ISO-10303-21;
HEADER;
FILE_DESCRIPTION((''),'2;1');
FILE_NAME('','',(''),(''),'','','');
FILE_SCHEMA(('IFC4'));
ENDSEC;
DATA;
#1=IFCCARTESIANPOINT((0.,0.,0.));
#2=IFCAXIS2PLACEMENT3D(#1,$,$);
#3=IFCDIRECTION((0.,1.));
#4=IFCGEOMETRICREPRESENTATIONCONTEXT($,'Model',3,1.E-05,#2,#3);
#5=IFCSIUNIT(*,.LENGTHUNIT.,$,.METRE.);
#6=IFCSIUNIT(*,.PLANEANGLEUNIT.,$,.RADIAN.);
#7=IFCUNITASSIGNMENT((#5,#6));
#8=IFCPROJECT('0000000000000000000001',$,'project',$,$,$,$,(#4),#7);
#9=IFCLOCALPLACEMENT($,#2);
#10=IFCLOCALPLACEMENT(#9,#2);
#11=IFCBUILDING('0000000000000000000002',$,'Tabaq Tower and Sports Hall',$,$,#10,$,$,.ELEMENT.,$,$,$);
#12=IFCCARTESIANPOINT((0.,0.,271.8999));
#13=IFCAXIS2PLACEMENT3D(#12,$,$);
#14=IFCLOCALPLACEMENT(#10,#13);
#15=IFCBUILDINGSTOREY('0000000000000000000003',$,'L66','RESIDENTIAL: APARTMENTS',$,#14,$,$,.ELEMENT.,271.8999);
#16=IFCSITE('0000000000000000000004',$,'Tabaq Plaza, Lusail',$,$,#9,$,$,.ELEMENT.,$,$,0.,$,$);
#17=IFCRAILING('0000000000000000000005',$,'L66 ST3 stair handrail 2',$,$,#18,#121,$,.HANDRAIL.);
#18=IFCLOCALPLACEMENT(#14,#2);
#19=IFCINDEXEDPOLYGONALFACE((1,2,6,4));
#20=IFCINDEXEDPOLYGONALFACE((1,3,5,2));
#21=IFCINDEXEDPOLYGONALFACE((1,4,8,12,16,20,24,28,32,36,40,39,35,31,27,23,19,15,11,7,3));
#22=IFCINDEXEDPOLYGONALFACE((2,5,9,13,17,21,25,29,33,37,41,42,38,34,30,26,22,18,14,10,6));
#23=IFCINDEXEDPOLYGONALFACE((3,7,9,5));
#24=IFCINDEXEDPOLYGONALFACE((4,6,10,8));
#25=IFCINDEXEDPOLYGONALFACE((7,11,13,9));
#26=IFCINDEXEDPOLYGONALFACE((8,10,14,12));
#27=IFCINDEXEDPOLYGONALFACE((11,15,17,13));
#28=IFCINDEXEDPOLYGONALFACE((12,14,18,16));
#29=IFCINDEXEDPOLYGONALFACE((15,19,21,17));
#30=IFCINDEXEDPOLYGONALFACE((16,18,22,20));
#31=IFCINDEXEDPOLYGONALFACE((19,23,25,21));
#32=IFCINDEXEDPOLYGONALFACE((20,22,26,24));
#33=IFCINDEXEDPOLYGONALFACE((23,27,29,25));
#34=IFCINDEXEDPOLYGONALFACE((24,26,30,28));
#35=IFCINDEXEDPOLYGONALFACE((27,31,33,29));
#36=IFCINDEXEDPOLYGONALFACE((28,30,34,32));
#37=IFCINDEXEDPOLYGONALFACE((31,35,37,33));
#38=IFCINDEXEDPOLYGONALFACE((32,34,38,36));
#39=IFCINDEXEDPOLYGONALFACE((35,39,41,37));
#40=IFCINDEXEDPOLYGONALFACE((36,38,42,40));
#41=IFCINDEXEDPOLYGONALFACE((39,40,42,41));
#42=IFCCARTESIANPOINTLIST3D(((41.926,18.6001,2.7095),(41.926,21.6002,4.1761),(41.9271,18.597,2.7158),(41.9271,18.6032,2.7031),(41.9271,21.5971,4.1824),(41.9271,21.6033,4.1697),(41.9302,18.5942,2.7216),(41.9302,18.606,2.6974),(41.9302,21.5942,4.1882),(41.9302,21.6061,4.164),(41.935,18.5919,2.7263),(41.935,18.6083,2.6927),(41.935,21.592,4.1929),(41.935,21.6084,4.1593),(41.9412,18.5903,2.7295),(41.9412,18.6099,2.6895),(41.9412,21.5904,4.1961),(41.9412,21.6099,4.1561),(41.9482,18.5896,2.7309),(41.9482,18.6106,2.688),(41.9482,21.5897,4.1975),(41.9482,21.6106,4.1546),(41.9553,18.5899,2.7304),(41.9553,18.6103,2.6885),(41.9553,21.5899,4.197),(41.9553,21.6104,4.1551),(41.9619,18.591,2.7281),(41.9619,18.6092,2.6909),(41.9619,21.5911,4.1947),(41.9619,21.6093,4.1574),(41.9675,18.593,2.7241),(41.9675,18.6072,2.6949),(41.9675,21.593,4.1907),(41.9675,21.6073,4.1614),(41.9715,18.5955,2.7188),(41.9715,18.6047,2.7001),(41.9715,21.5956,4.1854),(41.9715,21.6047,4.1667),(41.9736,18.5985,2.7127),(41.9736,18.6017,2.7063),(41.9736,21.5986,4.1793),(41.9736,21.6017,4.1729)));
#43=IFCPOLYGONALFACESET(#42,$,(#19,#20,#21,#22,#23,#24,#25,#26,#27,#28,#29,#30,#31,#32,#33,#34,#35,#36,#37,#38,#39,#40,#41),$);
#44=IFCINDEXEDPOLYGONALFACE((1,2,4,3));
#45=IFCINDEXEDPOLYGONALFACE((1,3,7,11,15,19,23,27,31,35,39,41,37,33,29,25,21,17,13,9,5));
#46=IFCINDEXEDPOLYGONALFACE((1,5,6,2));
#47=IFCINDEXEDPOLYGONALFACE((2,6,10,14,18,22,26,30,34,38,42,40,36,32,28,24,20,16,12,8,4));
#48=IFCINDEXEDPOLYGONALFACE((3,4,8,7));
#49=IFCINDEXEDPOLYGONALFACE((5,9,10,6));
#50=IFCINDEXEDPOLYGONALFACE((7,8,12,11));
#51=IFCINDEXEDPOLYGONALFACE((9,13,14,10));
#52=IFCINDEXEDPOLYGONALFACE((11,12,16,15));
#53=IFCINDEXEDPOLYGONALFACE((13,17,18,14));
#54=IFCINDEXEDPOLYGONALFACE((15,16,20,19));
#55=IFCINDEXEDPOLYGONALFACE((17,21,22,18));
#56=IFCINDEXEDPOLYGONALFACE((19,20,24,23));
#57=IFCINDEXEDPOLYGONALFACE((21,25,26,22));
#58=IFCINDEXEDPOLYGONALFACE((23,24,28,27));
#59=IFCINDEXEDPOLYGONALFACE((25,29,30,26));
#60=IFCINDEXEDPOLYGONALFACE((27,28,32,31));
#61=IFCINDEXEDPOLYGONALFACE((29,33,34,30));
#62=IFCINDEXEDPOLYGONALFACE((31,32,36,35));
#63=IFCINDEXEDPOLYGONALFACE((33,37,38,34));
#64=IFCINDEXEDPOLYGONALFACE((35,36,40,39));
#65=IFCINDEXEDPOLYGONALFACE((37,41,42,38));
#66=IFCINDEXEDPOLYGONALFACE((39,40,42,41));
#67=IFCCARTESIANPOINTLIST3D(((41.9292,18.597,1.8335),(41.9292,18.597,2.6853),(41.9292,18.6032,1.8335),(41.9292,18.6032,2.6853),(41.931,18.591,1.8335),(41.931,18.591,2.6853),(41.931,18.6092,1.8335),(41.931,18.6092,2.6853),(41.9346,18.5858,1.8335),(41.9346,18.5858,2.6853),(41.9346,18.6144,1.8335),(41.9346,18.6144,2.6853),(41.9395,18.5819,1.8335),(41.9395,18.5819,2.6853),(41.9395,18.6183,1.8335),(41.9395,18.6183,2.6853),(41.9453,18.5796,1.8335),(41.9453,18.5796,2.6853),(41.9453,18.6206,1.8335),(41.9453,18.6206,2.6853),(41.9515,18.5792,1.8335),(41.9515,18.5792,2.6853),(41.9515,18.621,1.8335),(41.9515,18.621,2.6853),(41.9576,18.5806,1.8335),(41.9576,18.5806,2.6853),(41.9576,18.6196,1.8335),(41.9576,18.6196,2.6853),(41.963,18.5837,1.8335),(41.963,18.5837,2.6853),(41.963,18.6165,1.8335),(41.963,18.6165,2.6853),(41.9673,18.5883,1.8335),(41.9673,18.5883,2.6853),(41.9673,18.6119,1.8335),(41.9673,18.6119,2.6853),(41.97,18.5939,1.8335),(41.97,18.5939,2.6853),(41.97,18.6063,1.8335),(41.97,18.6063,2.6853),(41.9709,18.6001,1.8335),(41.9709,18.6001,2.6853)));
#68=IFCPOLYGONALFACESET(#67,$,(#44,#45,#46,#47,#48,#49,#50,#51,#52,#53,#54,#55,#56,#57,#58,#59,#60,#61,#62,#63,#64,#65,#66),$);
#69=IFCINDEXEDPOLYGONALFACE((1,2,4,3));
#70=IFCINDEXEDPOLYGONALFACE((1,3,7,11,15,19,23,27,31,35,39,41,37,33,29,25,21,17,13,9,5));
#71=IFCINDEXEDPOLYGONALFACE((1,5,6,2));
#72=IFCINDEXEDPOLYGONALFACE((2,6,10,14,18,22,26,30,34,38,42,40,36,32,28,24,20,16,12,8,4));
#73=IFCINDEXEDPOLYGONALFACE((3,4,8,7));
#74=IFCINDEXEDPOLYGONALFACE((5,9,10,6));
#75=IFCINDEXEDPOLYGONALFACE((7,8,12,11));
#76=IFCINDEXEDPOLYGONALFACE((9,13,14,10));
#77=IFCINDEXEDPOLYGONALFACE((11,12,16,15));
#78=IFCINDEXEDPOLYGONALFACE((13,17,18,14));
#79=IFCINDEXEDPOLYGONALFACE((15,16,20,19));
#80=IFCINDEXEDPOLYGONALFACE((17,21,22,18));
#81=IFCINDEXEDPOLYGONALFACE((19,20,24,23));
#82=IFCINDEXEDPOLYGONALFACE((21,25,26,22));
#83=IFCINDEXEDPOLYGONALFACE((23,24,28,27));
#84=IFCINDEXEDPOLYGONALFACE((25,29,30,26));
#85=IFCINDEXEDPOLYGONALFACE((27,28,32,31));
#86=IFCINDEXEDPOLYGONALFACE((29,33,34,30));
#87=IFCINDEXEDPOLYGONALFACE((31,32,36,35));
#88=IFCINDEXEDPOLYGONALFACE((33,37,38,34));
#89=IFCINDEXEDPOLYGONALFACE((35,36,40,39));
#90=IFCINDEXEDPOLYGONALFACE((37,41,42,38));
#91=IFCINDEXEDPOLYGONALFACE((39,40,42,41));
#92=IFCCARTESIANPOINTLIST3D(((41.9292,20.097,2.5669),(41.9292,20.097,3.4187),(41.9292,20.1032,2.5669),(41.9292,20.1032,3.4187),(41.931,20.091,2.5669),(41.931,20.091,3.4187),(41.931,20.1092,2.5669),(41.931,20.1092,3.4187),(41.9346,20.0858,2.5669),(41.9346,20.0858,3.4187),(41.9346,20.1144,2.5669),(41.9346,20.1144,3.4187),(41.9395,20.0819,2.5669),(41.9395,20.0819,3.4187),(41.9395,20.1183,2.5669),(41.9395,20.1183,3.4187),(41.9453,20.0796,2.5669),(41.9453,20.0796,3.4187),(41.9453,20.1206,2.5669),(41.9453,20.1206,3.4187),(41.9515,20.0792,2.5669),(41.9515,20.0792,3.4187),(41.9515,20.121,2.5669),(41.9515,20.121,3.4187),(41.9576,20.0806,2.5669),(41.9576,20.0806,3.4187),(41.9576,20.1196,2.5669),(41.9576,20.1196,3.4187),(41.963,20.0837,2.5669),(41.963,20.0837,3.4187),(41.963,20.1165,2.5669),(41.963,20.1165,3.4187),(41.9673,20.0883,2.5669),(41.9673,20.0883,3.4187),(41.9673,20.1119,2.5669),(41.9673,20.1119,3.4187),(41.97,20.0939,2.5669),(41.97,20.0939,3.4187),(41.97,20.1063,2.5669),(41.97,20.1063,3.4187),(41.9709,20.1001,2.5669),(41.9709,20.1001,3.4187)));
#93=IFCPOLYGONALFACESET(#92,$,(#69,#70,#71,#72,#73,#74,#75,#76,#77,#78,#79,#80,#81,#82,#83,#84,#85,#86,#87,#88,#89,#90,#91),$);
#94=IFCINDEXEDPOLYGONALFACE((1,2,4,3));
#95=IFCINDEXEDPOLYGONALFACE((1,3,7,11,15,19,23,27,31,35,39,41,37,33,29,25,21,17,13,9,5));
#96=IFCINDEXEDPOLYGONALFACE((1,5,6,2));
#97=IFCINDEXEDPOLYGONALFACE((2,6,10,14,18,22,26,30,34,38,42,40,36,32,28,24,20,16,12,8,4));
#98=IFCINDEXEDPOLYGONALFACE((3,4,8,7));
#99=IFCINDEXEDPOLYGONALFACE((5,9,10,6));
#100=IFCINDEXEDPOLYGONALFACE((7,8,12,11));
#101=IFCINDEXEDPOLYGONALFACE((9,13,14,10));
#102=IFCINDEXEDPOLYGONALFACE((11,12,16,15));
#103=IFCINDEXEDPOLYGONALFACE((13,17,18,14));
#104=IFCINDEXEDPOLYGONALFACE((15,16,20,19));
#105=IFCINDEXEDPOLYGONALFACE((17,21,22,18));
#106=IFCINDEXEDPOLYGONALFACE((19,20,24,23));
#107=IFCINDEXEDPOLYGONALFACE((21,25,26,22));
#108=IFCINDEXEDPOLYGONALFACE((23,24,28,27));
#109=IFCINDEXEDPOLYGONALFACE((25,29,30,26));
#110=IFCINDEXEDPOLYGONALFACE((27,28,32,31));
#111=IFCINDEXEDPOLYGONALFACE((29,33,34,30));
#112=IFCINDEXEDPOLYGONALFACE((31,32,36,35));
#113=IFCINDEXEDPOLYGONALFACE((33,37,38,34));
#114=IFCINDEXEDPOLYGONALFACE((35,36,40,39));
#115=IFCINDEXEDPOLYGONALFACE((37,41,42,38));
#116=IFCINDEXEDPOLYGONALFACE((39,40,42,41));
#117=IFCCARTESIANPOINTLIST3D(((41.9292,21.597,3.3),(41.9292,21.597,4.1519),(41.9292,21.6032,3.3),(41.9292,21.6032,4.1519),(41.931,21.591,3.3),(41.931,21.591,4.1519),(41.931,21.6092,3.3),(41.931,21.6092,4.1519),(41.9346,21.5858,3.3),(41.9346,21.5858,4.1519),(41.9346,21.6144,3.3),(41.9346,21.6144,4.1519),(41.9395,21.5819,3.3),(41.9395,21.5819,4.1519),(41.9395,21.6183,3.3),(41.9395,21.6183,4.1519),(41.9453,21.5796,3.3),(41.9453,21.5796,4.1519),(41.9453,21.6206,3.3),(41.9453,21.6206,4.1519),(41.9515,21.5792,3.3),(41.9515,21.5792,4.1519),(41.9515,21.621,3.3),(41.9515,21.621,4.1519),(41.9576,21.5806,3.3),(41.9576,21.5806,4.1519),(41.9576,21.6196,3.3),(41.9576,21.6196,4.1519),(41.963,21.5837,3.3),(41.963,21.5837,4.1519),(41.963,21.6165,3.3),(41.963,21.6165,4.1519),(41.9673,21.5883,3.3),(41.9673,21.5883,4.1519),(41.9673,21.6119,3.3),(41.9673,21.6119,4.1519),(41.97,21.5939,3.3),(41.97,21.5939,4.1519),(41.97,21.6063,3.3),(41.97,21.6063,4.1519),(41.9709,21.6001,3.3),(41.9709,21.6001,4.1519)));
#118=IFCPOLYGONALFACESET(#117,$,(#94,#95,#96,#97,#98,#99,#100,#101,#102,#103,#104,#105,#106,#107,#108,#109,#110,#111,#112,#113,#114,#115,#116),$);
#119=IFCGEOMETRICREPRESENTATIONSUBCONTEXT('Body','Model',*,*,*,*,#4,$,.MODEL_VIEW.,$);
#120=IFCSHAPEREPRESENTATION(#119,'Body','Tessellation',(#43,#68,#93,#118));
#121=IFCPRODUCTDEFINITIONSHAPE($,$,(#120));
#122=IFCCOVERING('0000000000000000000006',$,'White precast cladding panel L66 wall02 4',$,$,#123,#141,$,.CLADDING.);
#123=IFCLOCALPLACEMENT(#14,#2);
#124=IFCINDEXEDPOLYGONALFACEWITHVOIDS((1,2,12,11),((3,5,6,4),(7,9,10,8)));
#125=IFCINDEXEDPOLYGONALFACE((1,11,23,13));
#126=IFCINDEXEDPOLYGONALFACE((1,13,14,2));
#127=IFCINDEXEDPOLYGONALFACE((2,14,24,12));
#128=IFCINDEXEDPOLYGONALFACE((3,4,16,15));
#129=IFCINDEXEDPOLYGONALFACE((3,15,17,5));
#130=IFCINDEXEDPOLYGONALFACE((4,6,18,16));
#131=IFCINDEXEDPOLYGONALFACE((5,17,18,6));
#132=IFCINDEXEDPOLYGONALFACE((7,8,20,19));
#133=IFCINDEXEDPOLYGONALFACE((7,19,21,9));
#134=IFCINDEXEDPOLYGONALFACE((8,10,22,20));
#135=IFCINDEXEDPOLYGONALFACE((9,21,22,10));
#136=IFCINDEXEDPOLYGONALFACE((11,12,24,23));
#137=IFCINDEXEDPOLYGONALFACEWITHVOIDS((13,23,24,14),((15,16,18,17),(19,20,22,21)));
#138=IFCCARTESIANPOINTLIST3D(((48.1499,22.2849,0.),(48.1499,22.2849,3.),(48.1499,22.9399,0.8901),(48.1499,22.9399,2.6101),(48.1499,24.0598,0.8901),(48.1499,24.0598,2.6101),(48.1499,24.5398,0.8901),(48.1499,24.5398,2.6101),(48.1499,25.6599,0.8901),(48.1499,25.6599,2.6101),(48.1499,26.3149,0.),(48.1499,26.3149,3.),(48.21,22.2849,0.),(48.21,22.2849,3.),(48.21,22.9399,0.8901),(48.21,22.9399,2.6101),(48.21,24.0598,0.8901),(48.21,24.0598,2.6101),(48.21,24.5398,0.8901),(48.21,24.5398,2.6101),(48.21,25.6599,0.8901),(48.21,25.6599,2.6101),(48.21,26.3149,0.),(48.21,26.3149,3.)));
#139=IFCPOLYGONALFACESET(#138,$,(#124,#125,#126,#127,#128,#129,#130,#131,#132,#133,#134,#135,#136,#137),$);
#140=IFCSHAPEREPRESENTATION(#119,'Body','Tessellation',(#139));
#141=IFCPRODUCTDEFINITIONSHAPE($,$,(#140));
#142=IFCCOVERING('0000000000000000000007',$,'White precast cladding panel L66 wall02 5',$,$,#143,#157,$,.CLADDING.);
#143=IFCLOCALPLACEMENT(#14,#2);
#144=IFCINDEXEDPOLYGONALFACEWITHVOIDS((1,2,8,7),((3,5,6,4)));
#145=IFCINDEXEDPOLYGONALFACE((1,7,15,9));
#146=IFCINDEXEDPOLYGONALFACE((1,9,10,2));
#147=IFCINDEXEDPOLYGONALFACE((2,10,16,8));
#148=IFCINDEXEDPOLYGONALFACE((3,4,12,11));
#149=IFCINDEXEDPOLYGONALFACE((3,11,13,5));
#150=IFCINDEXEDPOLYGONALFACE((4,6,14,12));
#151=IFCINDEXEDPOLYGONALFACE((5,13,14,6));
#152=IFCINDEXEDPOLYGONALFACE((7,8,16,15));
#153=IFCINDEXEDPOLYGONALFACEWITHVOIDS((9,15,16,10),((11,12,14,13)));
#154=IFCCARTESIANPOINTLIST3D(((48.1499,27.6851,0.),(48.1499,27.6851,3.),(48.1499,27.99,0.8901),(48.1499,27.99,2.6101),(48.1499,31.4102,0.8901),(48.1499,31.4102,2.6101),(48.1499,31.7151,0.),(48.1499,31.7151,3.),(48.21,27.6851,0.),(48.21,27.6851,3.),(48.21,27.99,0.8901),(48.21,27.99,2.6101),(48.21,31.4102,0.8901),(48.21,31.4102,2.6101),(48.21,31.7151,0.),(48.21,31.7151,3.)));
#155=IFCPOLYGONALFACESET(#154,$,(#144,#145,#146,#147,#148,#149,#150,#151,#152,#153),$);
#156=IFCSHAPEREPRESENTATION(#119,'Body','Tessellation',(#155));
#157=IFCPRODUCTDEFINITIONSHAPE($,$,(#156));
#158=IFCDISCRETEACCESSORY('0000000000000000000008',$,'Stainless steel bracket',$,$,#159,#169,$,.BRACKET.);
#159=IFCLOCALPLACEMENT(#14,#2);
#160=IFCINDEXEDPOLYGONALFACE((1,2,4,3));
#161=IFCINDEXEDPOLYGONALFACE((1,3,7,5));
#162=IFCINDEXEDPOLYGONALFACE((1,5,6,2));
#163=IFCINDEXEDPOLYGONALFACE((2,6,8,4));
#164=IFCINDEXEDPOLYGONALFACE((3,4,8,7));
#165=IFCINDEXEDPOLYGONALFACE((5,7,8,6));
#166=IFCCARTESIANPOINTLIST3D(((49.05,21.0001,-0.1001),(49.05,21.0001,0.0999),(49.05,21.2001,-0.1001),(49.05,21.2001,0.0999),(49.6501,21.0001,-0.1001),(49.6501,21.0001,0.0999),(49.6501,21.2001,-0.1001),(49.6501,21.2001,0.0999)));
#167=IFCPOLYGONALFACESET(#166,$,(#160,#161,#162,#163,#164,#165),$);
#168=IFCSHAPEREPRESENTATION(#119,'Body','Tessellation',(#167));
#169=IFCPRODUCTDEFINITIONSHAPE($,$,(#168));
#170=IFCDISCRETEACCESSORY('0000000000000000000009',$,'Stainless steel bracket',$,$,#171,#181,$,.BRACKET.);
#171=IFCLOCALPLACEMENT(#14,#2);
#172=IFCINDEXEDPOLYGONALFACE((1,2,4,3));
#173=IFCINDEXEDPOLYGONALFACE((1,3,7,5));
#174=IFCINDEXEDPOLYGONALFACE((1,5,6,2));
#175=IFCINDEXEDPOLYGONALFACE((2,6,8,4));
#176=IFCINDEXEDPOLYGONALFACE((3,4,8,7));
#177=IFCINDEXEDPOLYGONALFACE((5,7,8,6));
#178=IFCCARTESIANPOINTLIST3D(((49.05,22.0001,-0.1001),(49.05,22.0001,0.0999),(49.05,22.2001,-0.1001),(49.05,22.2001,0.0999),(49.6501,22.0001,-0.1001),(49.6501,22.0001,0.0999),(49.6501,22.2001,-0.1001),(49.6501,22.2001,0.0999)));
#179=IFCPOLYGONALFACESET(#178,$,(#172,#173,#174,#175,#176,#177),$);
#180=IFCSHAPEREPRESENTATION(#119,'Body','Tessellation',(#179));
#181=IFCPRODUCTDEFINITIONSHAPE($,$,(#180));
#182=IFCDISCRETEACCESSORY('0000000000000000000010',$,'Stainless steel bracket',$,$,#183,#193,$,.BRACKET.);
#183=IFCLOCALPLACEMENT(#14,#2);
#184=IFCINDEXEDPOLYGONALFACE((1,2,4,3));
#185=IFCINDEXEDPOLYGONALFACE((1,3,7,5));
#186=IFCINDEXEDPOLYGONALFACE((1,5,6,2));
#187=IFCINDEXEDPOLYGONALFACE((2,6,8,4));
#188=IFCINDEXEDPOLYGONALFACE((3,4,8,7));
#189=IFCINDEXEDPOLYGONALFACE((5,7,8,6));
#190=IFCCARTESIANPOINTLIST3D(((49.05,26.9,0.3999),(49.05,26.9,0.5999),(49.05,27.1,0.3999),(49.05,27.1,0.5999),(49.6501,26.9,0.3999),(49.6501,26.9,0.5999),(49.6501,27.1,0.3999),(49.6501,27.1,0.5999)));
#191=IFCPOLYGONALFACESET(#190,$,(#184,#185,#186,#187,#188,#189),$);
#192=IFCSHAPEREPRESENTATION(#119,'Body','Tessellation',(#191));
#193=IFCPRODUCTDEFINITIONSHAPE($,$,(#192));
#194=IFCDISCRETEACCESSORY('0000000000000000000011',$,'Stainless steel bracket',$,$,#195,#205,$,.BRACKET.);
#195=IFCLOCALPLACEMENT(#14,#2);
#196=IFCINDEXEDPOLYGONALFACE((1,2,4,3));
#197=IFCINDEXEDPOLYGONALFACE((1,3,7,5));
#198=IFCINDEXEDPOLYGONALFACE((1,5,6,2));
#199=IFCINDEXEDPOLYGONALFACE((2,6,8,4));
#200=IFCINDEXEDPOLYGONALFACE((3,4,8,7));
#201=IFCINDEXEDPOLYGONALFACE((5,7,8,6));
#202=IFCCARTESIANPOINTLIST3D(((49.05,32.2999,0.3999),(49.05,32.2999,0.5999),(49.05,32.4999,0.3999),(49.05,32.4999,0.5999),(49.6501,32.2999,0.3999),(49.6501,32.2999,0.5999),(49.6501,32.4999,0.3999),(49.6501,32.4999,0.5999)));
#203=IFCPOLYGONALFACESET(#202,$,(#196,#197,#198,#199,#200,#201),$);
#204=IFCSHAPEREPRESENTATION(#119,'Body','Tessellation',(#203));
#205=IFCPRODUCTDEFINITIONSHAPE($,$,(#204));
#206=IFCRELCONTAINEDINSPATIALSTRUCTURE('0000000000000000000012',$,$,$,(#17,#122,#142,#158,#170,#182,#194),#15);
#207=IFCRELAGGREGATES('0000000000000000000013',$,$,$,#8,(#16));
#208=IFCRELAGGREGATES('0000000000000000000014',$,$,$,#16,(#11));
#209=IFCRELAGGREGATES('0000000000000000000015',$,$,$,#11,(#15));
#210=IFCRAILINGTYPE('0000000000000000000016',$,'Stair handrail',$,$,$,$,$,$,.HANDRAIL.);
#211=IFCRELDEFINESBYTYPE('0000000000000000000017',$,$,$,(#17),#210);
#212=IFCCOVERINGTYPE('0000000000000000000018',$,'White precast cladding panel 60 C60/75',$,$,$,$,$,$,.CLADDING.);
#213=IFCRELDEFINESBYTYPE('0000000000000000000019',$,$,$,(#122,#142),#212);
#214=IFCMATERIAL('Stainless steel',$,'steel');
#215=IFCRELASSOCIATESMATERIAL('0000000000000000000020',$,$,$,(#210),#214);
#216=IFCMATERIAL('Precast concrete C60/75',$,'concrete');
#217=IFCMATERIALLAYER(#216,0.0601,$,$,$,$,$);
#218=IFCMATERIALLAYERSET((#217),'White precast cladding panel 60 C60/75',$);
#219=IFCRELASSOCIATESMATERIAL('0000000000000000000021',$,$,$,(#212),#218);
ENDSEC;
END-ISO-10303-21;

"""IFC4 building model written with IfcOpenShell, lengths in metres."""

from ifc_helpers import new_model, si_unit, direction, frame, origin, origin_2d, place, context, subcontext, project, spatial, polyline, rectangle, circle, outline, extrude, material, layer, layer_set, type_object, element, save


model = new_model("IFC4")

# Units and contexts
model_context = context("Model", 3, precision=1e-05, world=origin(), true_north=direction((0.0, 1.0)))
body_context = subcontext(model_context, "Body", "Model", "MODEL_VIEW")
ifc_project = project(units=[si_unit("LENGTHUNIT", "METRE"), si_unit("PLANEANGLEUNIT", "RADIAN")], contexts=[model_context])

# Site, building, storey
site_placement = place(None, origin())
site = spatial("IfcSite", under=ifc_project, at=site_placement, Name="Tabaq Plaza, Lusail", CompositionType="ELEMENT", RefElevation=0.0)
building_placement = place(site_placement, origin())
building = spatial("IfcBuilding", under=site, at=building_placement, Name="Tabaq Tower and Sports Hall", CompositionType="ELEMENT")
storey_placement = place(building_placement, frame((0.0, 0.0, 271.8999)))
storey = spatial("IfcBuildingStorey", under=building, at=storey_placement, Name="L66", Description="RESIDENTIAL: APARTMENTS", CompositionType="ELEMENT", Elevation=271.8999)

# Railing
ifc_material_1 = material(Name="Stainless steel", Category="steel")
railing_type_1 = type_object("IfcRailingType", Name="Stair handrail", PredefinedType="HANDRAIL", material=ifc_material_1)
railing_1_placement = place(storey_placement, frame((41.95, 18.6001, 1.8335)))
element("IfcRailing", 1, at=railing_1_placement, inside=storey, type_object=railing_type_1, Name="L66 ST3 stair handrail 2", PredefinedType="HANDRAIL", context=body_context, shape_type="SweptSolid", body=[
    extrude(circle(Radius=0.0239, at=origin_2d()), frame((0.0, 0.0, 0.876), z_axis=(0.0, 0.898398, 0.439183), x_axis=(-1.0, 0.0, 0.0)), (0.0, 0.0, 1.0), 3.3394),
    extrude(circle(Radius=0.021, at=origin_2d()), origin(), (0.0, 0.0, 1.0), 0.8518),
    extrude(circle(Radius=0.021, at=origin_2d()), frame((0.0, 1.5, 0.7334)), (0.0, 0.0, 1.0), 0.8518),
    extrude(circle(Radius=0.021, at=origin_2d()), frame((0.0, 3.0, 1.4666)), (0.0, 0.0, 1.0), 0.8518),
])

# Coverings
ifc_material_2 = material(Name="Precast concrete C60/75", Category="concrete")
ifc_layer_1 = layer(ifc_material_2, 0.0601)
ifc_layer_set_1 = layer_set([ifc_layer_1], Name="White precast cladding panel 60 C60/75")
covering_type_1 = type_object("IfcCoveringType", Name="White precast cladding panel 60 C60/75", PredefinedType="CLADDING", material=ifc_layer_set_1)
covering_1_placement = place(storey_placement, frame((48.1799, 22.2849, 0.0), z_axis=(0.0, 0.0, 1.0), x_axis=(0.0, 1.0, 0.0)))
element("IfcCovering", 2, at=covering_1_placement, inside=storey, type_object=covering_type_1, Name="White precast cladding panel L66 wall02 4", PredefinedType="CLADDING", context=body_context, shape_type="SweptSolid", body=[
    extrude(outline(polyline([(0.0, 0.0), (4.03, 0.0), (4.03, 3.0), (0.0, 3.0), (0.0, 0.0)]), holes=[polyline([(0.655, 2.6101), (1.7749, 2.6101), (1.7749, 0.8901), (0.655, 0.8901), (0.655, 2.6101)]), polyline([(2.2549, 2.6101), (3.375, 2.6101), (3.375, 0.8901), (2.2549, 0.8901), (2.2549, 2.6101)])]), frame((0.0, 0.03, 0.0), z_axis=(0.0, -1.0, 0.0), x_axis=(1.0, 0.0, 0.0)), (0.0, 0.0, 1.0), 0.0601),
])
covering_2_placement = place(storey_placement, frame((48.1799, 27.6851, 0.0), z_axis=(0.0, 0.0, 1.0), x_axis=(0.0, 1.0, 0.0)))
element("IfcCovering", 3, at=covering_2_placement, inside=storey, type_object=covering_type_1, Name="White precast cladding panel L66 wall02 5", PredefinedType="CLADDING", context=body_context, shape_type="SweptSolid", body=[
    extrude(outline(polyline([(0.0, 0.0), (4.03, 0.0), (4.03, 3.0), (0.0, 3.0), (0.0, 0.0)]), holes=[polyline([(0.3049, 0.8901), (0.3049, 2.6101), (3.7251, 2.6101), (3.7251, 0.8901), (0.3049, 0.8901)])]), frame((0.0, 0.03, 0.0), z_axis=(0.0, -1.0, 0.0), x_axis=(1.0, 0.0, 0.0)), (0.0, 0.0, 1.0), 0.0601),
])

# Discrete accessories
for number, where, z_axis, x_axis, name in (
    (4, (49.3501, 21.1001, -0.1001), (0.0, 0.0, 1.0), (1.0, 0.0, 0.0), "Stainless steel bracket"),
    (5, (49.3501, 22.1001, -0.1001), (0.0, 0.0, 1.0), (1.0, 0.0, 0.0), "Stainless steel bracket"),
    (6, (49.3501, 27.0, 0.3999), (0.0, 0.0, 1.0), (1.0, 0.0, 0.0), "Stainless steel bracket"),
    (7, (49.3501, 32.3999, 0.3999), (0.0, 0.0, 1.0), (1.0, 0.0, 0.0), "Stainless steel bracket"),
):
    element("IfcDiscreteAccessory", number, at=place(storey_placement, frame(where, z_axis=z_axis, x_axis=x_axis)), inside=storey, Name=name, PredefinedType="BRACKET", context=body_context, shape_type="SweptSolid", body=[
        extrude(rectangle(XDim=0.6001, YDim=0.2, at=origin_2d()), origin(), (0.0, 0.0, 1.0), 0.2),
    ])

save(model, "model.ifc")
